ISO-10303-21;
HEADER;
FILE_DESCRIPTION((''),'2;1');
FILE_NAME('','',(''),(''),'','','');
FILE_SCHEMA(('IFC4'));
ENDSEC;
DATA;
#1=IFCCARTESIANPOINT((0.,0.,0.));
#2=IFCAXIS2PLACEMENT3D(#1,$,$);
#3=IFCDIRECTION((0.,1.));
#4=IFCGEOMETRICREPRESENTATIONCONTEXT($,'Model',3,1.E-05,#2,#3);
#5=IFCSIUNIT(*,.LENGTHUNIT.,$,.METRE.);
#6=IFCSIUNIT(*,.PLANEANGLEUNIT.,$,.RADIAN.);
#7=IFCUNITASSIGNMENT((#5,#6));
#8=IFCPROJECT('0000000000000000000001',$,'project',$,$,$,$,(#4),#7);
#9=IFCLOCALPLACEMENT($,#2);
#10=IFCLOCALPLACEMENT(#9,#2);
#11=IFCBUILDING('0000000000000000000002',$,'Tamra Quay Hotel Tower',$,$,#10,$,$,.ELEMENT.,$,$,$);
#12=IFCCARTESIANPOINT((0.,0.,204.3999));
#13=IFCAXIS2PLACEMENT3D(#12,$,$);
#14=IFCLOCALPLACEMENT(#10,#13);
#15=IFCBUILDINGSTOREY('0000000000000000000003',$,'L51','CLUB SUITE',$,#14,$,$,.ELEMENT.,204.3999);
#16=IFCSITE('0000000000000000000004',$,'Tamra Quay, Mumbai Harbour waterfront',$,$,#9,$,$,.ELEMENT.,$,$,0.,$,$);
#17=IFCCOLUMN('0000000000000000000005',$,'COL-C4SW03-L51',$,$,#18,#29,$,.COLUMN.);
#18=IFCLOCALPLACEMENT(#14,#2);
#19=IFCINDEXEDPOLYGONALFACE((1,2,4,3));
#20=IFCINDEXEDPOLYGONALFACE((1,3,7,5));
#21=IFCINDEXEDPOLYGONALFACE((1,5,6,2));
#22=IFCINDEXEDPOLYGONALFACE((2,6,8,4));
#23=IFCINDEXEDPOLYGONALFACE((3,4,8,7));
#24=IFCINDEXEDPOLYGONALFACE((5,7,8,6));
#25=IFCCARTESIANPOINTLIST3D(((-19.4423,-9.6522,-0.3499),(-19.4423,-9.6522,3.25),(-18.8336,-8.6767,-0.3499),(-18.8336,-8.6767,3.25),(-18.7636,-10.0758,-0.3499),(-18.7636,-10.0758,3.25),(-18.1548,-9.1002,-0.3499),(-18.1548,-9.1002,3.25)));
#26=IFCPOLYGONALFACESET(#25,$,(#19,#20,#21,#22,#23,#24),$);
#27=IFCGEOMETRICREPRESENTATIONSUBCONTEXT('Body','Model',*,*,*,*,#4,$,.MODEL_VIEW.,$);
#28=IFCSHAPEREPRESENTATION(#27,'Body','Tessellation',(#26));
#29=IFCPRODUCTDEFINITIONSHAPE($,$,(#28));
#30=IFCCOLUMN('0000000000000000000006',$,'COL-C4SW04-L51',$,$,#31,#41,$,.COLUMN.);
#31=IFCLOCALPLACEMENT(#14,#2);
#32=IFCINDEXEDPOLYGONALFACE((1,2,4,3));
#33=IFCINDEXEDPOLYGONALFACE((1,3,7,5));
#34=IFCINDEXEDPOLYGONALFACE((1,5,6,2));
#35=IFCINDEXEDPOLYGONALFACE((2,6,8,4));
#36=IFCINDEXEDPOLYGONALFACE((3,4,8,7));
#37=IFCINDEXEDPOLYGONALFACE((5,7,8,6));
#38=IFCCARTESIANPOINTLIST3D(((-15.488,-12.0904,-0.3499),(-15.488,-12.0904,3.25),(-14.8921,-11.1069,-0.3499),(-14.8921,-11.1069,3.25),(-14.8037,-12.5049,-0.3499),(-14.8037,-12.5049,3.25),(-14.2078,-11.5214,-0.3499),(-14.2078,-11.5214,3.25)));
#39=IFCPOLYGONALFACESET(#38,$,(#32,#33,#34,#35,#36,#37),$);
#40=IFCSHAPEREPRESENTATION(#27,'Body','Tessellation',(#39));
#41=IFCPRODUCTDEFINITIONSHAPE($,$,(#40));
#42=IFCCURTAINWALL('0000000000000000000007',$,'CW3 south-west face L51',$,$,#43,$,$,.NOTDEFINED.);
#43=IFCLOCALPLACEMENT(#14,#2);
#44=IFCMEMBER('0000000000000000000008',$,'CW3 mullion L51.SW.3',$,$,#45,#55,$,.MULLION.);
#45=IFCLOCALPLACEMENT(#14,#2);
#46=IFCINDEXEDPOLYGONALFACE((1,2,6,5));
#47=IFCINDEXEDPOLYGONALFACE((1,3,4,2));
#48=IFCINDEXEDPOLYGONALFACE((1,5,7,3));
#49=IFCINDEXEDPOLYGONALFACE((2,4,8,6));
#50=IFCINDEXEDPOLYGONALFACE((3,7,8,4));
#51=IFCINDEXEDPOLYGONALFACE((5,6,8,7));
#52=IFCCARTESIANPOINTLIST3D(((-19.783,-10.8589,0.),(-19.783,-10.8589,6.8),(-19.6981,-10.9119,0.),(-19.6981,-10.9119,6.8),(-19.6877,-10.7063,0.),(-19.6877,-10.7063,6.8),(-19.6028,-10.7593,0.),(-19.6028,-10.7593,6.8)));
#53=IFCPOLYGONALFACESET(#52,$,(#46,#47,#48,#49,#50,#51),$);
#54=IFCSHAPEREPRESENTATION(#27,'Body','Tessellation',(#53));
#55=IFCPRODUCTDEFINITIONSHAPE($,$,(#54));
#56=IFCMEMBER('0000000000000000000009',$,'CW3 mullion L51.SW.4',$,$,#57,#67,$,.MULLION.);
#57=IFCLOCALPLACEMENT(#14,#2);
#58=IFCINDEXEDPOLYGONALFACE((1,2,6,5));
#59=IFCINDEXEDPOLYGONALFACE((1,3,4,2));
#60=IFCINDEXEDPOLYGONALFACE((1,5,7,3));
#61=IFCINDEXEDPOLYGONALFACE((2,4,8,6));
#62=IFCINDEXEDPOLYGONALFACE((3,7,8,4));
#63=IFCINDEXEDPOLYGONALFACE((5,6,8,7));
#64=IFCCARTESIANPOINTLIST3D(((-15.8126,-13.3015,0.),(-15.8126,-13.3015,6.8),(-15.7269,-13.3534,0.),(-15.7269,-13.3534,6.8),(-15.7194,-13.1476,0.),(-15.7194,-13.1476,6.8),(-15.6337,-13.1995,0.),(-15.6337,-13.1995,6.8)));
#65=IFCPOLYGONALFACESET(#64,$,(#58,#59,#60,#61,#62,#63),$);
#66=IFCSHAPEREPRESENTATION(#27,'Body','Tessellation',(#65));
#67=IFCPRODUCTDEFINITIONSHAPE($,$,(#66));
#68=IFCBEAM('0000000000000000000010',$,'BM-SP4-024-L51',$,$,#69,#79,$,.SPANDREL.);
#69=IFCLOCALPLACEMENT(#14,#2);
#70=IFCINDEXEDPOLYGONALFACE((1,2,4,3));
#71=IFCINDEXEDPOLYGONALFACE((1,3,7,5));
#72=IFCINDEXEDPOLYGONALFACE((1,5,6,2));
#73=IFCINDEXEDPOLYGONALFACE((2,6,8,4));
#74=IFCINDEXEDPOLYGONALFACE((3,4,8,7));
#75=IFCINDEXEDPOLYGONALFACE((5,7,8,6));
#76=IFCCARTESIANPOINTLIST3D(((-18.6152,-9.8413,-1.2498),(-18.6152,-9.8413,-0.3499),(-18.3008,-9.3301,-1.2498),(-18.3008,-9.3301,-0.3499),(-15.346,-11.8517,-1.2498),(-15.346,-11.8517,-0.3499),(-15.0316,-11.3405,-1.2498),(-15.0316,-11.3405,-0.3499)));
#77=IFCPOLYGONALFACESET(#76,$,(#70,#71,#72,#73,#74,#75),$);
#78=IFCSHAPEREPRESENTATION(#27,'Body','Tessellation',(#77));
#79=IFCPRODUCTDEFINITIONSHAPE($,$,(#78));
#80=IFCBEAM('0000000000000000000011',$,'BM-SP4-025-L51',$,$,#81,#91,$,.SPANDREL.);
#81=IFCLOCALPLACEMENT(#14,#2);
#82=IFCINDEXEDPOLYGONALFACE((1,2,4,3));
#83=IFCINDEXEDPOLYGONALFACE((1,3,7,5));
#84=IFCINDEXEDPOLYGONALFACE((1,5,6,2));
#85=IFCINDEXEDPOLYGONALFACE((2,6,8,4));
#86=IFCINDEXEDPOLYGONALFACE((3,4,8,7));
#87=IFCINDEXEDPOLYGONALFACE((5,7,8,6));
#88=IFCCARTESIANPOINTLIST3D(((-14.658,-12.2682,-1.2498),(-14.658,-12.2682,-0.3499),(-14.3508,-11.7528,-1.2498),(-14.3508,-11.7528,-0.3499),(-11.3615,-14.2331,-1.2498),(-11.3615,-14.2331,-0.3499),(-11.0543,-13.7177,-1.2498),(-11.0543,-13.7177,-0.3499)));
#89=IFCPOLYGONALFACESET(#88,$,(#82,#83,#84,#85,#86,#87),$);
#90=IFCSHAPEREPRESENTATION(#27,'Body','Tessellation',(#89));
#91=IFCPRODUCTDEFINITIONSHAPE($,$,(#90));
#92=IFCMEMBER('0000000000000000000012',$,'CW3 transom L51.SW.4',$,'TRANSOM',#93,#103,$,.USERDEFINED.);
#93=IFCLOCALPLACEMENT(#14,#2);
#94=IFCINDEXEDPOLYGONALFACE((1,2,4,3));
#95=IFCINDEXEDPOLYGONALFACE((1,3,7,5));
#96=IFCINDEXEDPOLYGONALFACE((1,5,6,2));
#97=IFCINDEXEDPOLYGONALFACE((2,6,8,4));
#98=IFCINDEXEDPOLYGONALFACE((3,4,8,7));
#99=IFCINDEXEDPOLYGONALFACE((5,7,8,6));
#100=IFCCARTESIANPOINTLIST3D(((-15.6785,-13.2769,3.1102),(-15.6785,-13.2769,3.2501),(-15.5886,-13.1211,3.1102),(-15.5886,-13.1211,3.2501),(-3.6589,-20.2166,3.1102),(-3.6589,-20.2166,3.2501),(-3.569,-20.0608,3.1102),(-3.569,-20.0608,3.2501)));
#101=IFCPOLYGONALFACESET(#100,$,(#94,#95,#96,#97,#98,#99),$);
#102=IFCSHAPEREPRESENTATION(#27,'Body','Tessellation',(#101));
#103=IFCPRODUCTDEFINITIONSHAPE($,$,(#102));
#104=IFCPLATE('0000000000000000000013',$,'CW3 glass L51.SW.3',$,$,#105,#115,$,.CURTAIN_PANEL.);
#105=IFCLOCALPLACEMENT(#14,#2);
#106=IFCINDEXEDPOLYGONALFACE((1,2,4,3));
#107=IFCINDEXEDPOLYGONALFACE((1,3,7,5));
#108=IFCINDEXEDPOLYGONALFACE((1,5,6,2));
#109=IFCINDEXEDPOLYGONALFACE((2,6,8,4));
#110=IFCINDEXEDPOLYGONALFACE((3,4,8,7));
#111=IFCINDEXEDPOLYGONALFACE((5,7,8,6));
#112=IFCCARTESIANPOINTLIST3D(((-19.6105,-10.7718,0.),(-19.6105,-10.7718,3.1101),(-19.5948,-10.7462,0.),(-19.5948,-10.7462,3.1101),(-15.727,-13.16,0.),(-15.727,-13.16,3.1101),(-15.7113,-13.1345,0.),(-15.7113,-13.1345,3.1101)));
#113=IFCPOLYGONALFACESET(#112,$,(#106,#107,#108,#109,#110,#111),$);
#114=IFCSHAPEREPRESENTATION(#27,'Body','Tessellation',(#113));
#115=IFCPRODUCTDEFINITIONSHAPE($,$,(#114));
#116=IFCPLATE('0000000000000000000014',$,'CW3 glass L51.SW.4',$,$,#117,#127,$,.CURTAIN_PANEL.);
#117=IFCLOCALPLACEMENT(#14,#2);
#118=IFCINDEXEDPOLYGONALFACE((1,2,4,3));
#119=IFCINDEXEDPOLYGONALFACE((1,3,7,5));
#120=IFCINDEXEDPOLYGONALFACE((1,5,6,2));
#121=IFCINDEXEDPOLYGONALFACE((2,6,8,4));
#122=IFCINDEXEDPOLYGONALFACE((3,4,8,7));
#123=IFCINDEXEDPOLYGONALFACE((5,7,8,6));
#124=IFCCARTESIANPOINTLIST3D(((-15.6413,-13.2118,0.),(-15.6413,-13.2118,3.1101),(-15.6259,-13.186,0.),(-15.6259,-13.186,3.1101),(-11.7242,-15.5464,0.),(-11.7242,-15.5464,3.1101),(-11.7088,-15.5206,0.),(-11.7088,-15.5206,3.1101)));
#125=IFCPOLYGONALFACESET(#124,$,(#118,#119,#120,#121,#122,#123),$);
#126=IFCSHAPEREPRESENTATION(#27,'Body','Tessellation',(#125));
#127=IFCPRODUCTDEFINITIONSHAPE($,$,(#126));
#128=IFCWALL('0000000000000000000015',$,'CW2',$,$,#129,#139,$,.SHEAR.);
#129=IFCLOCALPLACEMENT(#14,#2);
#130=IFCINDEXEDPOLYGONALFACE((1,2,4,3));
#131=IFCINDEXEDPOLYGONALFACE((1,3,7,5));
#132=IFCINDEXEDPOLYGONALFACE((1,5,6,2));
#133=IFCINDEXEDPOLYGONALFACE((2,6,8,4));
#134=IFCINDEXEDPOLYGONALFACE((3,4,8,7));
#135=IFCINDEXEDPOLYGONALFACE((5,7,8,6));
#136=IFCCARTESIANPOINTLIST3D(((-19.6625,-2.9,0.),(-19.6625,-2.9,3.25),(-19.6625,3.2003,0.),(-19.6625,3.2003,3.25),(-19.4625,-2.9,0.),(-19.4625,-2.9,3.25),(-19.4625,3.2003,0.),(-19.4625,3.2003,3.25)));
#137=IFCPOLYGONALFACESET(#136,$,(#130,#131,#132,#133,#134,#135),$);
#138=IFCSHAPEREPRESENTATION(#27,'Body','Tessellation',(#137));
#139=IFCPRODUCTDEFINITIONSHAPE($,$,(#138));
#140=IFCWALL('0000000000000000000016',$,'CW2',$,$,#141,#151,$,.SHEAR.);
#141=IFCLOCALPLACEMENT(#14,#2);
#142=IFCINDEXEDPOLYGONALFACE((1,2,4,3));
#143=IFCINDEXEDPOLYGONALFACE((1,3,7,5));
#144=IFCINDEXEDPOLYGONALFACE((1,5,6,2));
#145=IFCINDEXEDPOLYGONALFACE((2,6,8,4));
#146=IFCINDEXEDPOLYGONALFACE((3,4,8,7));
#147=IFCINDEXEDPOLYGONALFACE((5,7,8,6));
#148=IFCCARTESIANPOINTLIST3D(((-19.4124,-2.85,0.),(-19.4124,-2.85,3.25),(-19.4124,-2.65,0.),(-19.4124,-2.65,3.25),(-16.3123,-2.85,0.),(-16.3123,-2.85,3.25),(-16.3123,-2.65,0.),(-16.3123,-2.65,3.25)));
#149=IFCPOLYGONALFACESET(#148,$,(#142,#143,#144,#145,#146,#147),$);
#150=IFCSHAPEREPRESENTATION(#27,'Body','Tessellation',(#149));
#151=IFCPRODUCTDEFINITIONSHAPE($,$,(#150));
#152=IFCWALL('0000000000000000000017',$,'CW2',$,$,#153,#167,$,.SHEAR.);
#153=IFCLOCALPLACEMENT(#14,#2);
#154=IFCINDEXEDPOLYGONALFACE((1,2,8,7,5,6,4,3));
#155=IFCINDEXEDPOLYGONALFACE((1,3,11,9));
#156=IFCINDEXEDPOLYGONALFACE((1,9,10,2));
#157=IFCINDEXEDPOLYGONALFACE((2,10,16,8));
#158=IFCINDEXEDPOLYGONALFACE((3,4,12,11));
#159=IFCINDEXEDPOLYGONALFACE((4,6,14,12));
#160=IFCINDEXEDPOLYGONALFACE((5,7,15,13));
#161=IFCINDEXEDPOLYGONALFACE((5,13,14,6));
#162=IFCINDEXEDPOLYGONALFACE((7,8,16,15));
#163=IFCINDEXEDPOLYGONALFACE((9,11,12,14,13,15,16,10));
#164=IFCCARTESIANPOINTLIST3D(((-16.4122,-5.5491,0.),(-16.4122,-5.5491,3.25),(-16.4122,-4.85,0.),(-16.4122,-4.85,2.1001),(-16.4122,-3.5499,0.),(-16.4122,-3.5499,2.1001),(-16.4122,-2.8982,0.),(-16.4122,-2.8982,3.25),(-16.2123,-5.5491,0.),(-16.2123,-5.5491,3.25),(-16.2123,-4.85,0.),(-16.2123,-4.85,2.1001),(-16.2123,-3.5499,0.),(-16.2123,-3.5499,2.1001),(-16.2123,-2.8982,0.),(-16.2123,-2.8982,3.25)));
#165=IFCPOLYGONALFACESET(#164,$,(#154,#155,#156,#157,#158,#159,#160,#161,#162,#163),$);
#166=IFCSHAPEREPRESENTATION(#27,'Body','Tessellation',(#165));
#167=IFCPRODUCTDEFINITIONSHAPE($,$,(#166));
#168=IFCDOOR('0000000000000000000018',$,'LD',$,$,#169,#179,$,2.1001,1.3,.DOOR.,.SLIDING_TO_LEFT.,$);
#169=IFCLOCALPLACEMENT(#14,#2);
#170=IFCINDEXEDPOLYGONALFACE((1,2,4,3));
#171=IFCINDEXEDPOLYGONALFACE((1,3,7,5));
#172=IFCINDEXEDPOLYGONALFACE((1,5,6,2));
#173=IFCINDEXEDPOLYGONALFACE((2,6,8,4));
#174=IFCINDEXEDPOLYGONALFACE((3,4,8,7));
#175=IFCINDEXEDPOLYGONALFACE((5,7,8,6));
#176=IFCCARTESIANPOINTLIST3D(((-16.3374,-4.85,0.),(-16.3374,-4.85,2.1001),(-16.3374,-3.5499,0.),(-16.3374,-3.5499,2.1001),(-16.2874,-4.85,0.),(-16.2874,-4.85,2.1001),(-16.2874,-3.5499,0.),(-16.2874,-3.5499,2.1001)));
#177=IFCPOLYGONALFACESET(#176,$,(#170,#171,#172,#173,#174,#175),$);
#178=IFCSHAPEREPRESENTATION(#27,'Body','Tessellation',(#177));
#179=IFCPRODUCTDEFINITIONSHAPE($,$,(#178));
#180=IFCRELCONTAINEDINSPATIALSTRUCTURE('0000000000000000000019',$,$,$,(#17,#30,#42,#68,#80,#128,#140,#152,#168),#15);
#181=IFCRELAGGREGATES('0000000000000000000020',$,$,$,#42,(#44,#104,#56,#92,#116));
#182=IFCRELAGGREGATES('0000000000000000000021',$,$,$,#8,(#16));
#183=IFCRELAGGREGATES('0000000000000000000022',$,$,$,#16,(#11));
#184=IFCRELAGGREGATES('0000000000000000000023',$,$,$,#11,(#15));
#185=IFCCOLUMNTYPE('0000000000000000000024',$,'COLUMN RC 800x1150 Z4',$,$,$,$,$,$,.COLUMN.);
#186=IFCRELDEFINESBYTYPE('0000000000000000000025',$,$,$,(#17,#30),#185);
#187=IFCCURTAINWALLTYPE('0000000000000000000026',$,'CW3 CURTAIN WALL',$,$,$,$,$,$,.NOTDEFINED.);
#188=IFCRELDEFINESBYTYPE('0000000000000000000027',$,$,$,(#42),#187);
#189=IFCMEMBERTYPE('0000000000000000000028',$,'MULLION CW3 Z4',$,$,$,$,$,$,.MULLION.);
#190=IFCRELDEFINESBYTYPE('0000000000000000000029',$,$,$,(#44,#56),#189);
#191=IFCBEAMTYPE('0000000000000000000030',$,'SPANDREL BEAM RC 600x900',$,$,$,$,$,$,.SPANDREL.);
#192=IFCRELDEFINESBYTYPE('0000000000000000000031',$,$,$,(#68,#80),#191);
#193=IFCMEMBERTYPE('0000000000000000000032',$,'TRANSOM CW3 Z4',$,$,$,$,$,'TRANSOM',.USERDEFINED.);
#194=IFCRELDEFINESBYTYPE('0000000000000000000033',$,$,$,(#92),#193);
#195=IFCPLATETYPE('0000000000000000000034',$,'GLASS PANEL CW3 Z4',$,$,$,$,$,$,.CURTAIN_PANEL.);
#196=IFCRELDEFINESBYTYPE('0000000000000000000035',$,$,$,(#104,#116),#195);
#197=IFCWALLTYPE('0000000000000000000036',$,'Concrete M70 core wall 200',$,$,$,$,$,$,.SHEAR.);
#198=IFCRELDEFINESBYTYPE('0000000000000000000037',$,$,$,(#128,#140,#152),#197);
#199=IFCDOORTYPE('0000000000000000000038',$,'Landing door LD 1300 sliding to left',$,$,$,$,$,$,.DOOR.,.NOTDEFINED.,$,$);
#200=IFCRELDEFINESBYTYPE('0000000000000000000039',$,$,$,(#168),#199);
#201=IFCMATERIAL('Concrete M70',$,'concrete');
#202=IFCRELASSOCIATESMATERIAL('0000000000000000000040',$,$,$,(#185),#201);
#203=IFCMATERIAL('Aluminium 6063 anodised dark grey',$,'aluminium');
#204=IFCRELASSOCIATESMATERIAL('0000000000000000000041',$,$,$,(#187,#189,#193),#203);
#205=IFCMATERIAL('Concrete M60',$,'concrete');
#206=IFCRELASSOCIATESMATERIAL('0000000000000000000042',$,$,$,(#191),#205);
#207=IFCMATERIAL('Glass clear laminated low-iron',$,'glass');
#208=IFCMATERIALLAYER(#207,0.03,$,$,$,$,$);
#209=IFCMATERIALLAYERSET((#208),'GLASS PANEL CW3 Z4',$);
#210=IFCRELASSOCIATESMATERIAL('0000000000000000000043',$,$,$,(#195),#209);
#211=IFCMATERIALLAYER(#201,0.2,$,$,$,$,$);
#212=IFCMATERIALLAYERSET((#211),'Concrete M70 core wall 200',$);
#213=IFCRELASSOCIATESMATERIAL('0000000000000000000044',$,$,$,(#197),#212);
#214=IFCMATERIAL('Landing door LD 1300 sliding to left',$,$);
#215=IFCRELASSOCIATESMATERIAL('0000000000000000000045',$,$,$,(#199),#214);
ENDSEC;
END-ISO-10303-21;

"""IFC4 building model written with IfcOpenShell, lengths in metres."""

from ifc_helpers import new_model, si_unit, direction, frame, frame_2d, origin, origin_2d, place, context, subcontext, project, spatial, rectangle, extrude, material, layer, layer_set, material_profile, profile_set, type_object, element, fill, aggregate, save


model = new_model("IFC4")

# Units and contexts
model_context = context("Model", 3, precision=1e-05, world=origin(), true_north=direction((0.0, 1.0)))
body_context = subcontext(model_context, "Body", "Model", "MODEL_VIEW")
ifc_project = project(units=[si_unit("LENGTHUNIT", "METRE"), si_unit("PLANEANGLEUNIT", "RADIAN")], contexts=[model_context])

# Site, building, storey
site_placement = place(None, origin())
site = spatial("IfcSite", under=ifc_project, at=site_placement, Name="Tamra Quay, Mumbai Harbour waterfront", CompositionType="ELEMENT", RefElevation=0.0)
building_placement = place(site_placement, origin())
building = spatial("IfcBuilding", under=site, at=building_placement, Name="Tamra Quay Hotel Tower", CompositionType="ELEMENT")
storey_placement = place(building_placement, frame((0.0, 0.0, 204.3999)))
storey = spatial("IfcBuildingStorey", under=building, at=storey_placement, Name="L51", Description="CLUB SUITE", CompositionType="ELEMENT", Elevation=204.3999)

# Columns
ifc_material_1 = material(Name="Concrete M70", Category="concrete")
ifc_material_profile_1 = material_profile(ifc_material_1, rectangle(XDim=1.1499, YDim=0.8, at=origin_2d()), Name="COLUMN RC 800x1150 Z4")
ifc_profile_set_1 = profile_set([ifc_material_profile_1], Name="Concrete M70")
column_type = type_object("IfcColumnType", Name="COLUMN RC 800x1150 Z4", PredefinedType="COLUMN", material=ifc_profile_set_1)
for number, where, z_axis, x_axis, name in (
    (1, (-18.7986, -9.3762, -0.3499), (0.0, 0.0, 1.0), (0.52941, 0.848366, 0.0), "COL-C4SW03-L51"),
    (2, (-14.8479, -11.8059, -0.3499), (0.0, 0.0, 1.0), (0.518175, 0.855275, 0.0), "COL-C4SW04-L51"),
):
    element("IfcColumn", number, at=place(storey_placement, frame(where, z_axis=z_axis, x_axis=x_axis)), inside=storey, type_object=column_type, Name=name, PredefinedType="COLUMN", context=body_context, shape_type="SweptSolid", body=[
        extrude(rectangle(XDim=1.1499, YDim=0.8, at=origin_2d()), origin(), (0.0, 0.0, 1.0), 3.5999),
    ])

# Curtain wall, members
ifc_material_2 = material(Name="Aluminium 6063 anodised dark grey", Category="aluminium")
curtain_wall_type = type_object("IfcCurtainWallType", Name="CW3 CURTAIN WALL", PredefinedType="NOTDEFINED", material=ifc_material_2)
curtain_wall_placement = place(storey_placement, origin())
curtain_wall = element("IfcCurtainWall", 3, at=curtain_wall_placement, inside=storey, type_object=curtain_wall_type, Name="CW3 south-west face L51", PredefinedType="NOTDEFINED")
ifc_material_profile_2 = material_profile(ifc_material_2, rectangle(XDim=0.1799, YDim=0.1001, at=origin_2d()), Name="MULLION 100X180")
ifc_profile_set_2 = profile_set([ifc_material_profile_2], Name="Aluminium 6063 anodised dark grey")
member_type_1 = type_object("IfcMemberType", Name="MULLION CW3 Z4", PredefinedType="MULLION", material=ifc_profile_set_2)
member_1_placement = place(storey_placement, frame((-19.6929, -10.8091, 0.0), z_axis=(0.0, 0.0, 1.0), x_axis=(-0.529731, -0.848166, 0.0)))
member_1 = element("IfcMember", 4, at=member_1_placement, type_object=member_type_1, Name="CW3 mullion L51.SW.3", PredefinedType="MULLION", context=body_context, shape_type="SweptSolid", body=[
    extrude(rectangle(XDim=0.1799, YDim=0.1001, at=origin_2d()), origin(), (0.0, 0.0, 1.0), 6.8),
])
member_2_placement = place(storey_placement, frame((-15.7231, -13.2505, 0.0), z_axis=(0.0, 0.0, 1.0), x_axis=(-0.517923, -0.855428, 0.0)))
member_2 = element("IfcMember", 5, at=member_2_placement, type_object=member_type_1, Name="CW3 mullion L51.SW.4", PredefinedType="MULLION", context=body_context, shape_type="SweptSolid", body=[
    extrude(rectangle(XDim=0.1799, YDim=0.1001, at=origin_2d()), origin(), (0.0, 0.0, 1.0), 6.8),
])

# Beams
ifc_material_3 = material(Name="Concrete M60", Category="concrete")
ifc_material_profile_3 = material_profile(ifc_material_3, rectangle(XDim=0.6001, YDim=0.8999, at=origin_2d()), Name="SPANDREL BEAM RC 600x900")
ifc_profile_set_3 = profile_set([ifc_material_profile_3], Name="Concrete M60")
beam_type = type_object("IfcBeamType", Name="SPANDREL BEAM RC 600x900", PredefinedType="SPANDREL", material=ifc_profile_set_3)
beam_1_placement = place(storey_placement, frame((-18.458, -9.5857, -0.7998), z_axis=(0.851818, -0.523838, 0.0), x_axis=(0.523838, 0.851818, 0.0)))
element("IfcBeam", 6, at=beam_1_placement, inside=storey, type_object=beam_type, Name="BM-SP4-024-L51", PredefinedType="SPANDREL", context=body_context, shape_type="SweptSolid", body=[
    extrude(rectangle(XDim=0.6001, YDim=0.8999, at=origin_2d()), origin(), (0.0, 0.0, 1.0), 3.8379),
])
beam_2_placement = place(storey_placement, frame((-14.5044, -12.0105, -0.7998), z_axis=(0.858982, -0.512005, 0.0), x_axis=(0.512005, 0.858982, 0.0)))
element("IfcBeam", 7, at=beam_2_placement, inside=storey, type_object=beam_type, Name="BM-SP4-025-L51", PredefinedType="SPANDREL", context=body_context, shape_type="SweptSolid", body=[
    extrude(rectangle(XDim=0.6001, YDim=0.8999, at=origin_2d()), origin(), (0.0, 0.0, 1.0), 3.8376),
])

# Member
ifc_material_profile_4 = material_profile(ifc_material_2, rectangle(XDim=0.1799, YDim=0.1399, at=origin_2d()), Name="TRANSOM 180X140")
ifc_profile_set_4 = profile_set([ifc_material_profile_4], Name="Aluminium 6063 anodised dark grey")
member_type_2 = type_object("IfcMemberType", Name="TRANSOM CW3 Z4", ElementType="TRANSOM", PredefinedType="USERDEFINED", material=ifc_profile_set_4)
member_3_placement = place(storey_placement, frame((-15.6335, -13.199, 3.1802), z_axis=(0.866019, -0.500012, 0.0), x_axis=(0.500012, 0.866019, 0.0)))
member_3 = element("IfcMember", 8, at=member_3_placement, type_object=member_type_2, Name="CW3 transom L51.SW.4", ObjectType="TRANSOM", PredefinedType="USERDEFINED", context=body_context, shape_type="SweptSolid", body=[
    extrude(rectangle(XDim=0.1799, YDim=0.1399, at=origin_2d()), origin(), (0.0, 0.0, 1.0), 13.8792),
])

# Plates
ifc_material_4 = material(Name="Glass clear laminated low-iron", Category="glass")
ifc_layer_1 = layer(ifc_material_4, 0.03)
ifc_layer_set_1 = layer_set([ifc_layer_1], Name="GLASS PANEL CW3 Z4")
plate_type = type_object("IfcPlateType", Name="GLASS PANEL CW3 Z4", PredefinedType="CURTAIN_PANEL", material=ifc_layer_set_1)
plate_1_placement = place(storey_placement, frame((-17.6609, -11.9531, 0.0), z_axis=(0.0, 0.0, 1.0), x_axis=(0.851815, -0.523843, 0.0)))
plate_1 = element("IfcPlate", 9, at=plate_1_placement, type_object=plate_type, Name="CW3 glass L51.SW.3", PredefinedType="CURTAIN_PANEL", context=body_context, shape_type="SweptSolid", body=[
    extrude(rectangle(XDim=4.5591, YDim=0.03, at=origin_2d()), origin(), (0.0, 0.0, 1.0), 3.1101),
])
plate_2_placement = place(storey_placement, frame((-13.675, -14.3662, 0.0), z_axis=(0.0, 0.0, 1.0), x_axis=(0.858999, -0.511977, 0.0)))
plate_2 = element("IfcPlate", 10, at=plate_2_placement, type_object=plate_type, Name="CW3 glass L51.SW.4", PredefinedType="CURTAIN_PANEL", context=body_context, shape_type="SweptSolid", body=[
    extrude(rectangle(XDim=4.5601, YDim=0.03, at=origin_2d()), origin(), (0.0, 0.0, 1.0), 3.1101),
])
aggregate(curtain_wall, [member_1, plate_1, member_2, member_3, plate_2])

# Walls
ifc_layer_2 = layer(ifc_material_1, 0.2)
ifc_layer_set_2 = layer_set([ifc_layer_2], Name="Concrete M70 core wall 200")
wall_type_1 = type_object("IfcWallType", Name="Concrete M70 core wall 200", PredefinedType="SHEAR", material=ifc_layer_set_2)
wall_1_placement = place(storey_placement, frame((-19.5625, -2.9001, 0.0), z_axis=(0.0, 0.0, 1.0), x_axis=(0.0, 1.0, 0.0)))
element("IfcWall", 11, at=wall_1_placement, inside=storey, type_object=wall_type_1, Name="CW2", PredefinedType="SHEAR", context=body_context, shape_type="SweptSolid", body=[
    extrude(rectangle(XDim=6.1003, YDim=0.2, at=frame_2d((3.0503, 0.0))), origin(), (0.0, 0.0, 1.0), 3.25),
])
wall_2_placement = place(storey_placement, frame((-19.4124, -2.75, 0.0), z_axis=(0.0, 0.0, 1.0), x_axis=(1.0, 0.0, 0.0)))
element("IfcWall", 12, at=wall_2_placement, inside=storey, type_object=wall_type_1, Name="CW2", PredefinedType="SHEAR", context=body_context, shape_type="SweptSolid", body=[
    extrude(rectangle(XDim=3.1001, YDim=0.2, at=frame_2d((1.55, 0.0))), origin(), (0.0, 0.0, 1.0), 3.25),
])

# Wall, opening, door
wall_3_placement = place(storey_placement, frame((-16.3123, -2.8982, 0.0), z_axis=(0.0, 0.0, 1.0), x_axis=(0.0, -1.0, 0.0)))
wall_3 = element("IfcWall", 13, at=wall_3_placement, inside=storey, type_object=wall_type_1, Name="CW2", PredefinedType="SHEAR", context=body_context, shape_type="SweptSolid", body=[
    extrude(rectangle(XDim=2.6509, YDim=0.2, at=frame_2d((1.3254, 0.0))), origin(), (0.0, 0.0, 1.0), 3.25),
])
opening_1_placement = place(wall_3_placement, frame((0.6519, 0.0, 0.0)))
opening_1 = element("IfcOpeningElement", 14, at=opening_1_placement, cuts=wall_3, PredefinedType="OPENING", context=body_context, shape_type="SweptSolid", body=[
    extrude(rectangle(XDim=1.3, YDim=2.1001, at=frame_2d((0.6499, 1.05))), frame((0.0, 0.1099, 0.0), z_axis=(0.0, -1.0, 0.0), x_axis=(1.0, 0.0, 0.0)), (0.0, 0.0, 1.0), 0.22),
])
ifc_material_5 = material(Name="Landing door LD 1300 sliding to left")
door_type_1 = type_object("IfcDoorType", Name="Landing door LD 1300 sliding to left", OperationType="NOTDEFINED", PredefinedType="DOOR", material=ifc_material_5)
door_1_placement = place(opening_1_placement, origin())
door_1 = element("IfcDoor", 15, at=door_1_placement, inside=storey, type_object=door_type_1, Name="LD", OperationType="SLIDING_TO_LEFT", OverallHeight=2.1001, OverallWidth=1.3, PredefinedType="DOOR", context=body_context, shape_type="SweptSolid", body=[
    extrude(rectangle(XDim=1.3, YDim=2.1001, at=frame_2d((0.6499, 1.05))), frame((0.0, 0.0249, 0.0), z_axis=(0.0, -1.0, 0.0), x_axis=(1.0, 0.0, 0.0)), (0.0, 0.0, 1.0), 0.05),
])
fill(opening_1, door_1)

save(model, "model.ifc")
